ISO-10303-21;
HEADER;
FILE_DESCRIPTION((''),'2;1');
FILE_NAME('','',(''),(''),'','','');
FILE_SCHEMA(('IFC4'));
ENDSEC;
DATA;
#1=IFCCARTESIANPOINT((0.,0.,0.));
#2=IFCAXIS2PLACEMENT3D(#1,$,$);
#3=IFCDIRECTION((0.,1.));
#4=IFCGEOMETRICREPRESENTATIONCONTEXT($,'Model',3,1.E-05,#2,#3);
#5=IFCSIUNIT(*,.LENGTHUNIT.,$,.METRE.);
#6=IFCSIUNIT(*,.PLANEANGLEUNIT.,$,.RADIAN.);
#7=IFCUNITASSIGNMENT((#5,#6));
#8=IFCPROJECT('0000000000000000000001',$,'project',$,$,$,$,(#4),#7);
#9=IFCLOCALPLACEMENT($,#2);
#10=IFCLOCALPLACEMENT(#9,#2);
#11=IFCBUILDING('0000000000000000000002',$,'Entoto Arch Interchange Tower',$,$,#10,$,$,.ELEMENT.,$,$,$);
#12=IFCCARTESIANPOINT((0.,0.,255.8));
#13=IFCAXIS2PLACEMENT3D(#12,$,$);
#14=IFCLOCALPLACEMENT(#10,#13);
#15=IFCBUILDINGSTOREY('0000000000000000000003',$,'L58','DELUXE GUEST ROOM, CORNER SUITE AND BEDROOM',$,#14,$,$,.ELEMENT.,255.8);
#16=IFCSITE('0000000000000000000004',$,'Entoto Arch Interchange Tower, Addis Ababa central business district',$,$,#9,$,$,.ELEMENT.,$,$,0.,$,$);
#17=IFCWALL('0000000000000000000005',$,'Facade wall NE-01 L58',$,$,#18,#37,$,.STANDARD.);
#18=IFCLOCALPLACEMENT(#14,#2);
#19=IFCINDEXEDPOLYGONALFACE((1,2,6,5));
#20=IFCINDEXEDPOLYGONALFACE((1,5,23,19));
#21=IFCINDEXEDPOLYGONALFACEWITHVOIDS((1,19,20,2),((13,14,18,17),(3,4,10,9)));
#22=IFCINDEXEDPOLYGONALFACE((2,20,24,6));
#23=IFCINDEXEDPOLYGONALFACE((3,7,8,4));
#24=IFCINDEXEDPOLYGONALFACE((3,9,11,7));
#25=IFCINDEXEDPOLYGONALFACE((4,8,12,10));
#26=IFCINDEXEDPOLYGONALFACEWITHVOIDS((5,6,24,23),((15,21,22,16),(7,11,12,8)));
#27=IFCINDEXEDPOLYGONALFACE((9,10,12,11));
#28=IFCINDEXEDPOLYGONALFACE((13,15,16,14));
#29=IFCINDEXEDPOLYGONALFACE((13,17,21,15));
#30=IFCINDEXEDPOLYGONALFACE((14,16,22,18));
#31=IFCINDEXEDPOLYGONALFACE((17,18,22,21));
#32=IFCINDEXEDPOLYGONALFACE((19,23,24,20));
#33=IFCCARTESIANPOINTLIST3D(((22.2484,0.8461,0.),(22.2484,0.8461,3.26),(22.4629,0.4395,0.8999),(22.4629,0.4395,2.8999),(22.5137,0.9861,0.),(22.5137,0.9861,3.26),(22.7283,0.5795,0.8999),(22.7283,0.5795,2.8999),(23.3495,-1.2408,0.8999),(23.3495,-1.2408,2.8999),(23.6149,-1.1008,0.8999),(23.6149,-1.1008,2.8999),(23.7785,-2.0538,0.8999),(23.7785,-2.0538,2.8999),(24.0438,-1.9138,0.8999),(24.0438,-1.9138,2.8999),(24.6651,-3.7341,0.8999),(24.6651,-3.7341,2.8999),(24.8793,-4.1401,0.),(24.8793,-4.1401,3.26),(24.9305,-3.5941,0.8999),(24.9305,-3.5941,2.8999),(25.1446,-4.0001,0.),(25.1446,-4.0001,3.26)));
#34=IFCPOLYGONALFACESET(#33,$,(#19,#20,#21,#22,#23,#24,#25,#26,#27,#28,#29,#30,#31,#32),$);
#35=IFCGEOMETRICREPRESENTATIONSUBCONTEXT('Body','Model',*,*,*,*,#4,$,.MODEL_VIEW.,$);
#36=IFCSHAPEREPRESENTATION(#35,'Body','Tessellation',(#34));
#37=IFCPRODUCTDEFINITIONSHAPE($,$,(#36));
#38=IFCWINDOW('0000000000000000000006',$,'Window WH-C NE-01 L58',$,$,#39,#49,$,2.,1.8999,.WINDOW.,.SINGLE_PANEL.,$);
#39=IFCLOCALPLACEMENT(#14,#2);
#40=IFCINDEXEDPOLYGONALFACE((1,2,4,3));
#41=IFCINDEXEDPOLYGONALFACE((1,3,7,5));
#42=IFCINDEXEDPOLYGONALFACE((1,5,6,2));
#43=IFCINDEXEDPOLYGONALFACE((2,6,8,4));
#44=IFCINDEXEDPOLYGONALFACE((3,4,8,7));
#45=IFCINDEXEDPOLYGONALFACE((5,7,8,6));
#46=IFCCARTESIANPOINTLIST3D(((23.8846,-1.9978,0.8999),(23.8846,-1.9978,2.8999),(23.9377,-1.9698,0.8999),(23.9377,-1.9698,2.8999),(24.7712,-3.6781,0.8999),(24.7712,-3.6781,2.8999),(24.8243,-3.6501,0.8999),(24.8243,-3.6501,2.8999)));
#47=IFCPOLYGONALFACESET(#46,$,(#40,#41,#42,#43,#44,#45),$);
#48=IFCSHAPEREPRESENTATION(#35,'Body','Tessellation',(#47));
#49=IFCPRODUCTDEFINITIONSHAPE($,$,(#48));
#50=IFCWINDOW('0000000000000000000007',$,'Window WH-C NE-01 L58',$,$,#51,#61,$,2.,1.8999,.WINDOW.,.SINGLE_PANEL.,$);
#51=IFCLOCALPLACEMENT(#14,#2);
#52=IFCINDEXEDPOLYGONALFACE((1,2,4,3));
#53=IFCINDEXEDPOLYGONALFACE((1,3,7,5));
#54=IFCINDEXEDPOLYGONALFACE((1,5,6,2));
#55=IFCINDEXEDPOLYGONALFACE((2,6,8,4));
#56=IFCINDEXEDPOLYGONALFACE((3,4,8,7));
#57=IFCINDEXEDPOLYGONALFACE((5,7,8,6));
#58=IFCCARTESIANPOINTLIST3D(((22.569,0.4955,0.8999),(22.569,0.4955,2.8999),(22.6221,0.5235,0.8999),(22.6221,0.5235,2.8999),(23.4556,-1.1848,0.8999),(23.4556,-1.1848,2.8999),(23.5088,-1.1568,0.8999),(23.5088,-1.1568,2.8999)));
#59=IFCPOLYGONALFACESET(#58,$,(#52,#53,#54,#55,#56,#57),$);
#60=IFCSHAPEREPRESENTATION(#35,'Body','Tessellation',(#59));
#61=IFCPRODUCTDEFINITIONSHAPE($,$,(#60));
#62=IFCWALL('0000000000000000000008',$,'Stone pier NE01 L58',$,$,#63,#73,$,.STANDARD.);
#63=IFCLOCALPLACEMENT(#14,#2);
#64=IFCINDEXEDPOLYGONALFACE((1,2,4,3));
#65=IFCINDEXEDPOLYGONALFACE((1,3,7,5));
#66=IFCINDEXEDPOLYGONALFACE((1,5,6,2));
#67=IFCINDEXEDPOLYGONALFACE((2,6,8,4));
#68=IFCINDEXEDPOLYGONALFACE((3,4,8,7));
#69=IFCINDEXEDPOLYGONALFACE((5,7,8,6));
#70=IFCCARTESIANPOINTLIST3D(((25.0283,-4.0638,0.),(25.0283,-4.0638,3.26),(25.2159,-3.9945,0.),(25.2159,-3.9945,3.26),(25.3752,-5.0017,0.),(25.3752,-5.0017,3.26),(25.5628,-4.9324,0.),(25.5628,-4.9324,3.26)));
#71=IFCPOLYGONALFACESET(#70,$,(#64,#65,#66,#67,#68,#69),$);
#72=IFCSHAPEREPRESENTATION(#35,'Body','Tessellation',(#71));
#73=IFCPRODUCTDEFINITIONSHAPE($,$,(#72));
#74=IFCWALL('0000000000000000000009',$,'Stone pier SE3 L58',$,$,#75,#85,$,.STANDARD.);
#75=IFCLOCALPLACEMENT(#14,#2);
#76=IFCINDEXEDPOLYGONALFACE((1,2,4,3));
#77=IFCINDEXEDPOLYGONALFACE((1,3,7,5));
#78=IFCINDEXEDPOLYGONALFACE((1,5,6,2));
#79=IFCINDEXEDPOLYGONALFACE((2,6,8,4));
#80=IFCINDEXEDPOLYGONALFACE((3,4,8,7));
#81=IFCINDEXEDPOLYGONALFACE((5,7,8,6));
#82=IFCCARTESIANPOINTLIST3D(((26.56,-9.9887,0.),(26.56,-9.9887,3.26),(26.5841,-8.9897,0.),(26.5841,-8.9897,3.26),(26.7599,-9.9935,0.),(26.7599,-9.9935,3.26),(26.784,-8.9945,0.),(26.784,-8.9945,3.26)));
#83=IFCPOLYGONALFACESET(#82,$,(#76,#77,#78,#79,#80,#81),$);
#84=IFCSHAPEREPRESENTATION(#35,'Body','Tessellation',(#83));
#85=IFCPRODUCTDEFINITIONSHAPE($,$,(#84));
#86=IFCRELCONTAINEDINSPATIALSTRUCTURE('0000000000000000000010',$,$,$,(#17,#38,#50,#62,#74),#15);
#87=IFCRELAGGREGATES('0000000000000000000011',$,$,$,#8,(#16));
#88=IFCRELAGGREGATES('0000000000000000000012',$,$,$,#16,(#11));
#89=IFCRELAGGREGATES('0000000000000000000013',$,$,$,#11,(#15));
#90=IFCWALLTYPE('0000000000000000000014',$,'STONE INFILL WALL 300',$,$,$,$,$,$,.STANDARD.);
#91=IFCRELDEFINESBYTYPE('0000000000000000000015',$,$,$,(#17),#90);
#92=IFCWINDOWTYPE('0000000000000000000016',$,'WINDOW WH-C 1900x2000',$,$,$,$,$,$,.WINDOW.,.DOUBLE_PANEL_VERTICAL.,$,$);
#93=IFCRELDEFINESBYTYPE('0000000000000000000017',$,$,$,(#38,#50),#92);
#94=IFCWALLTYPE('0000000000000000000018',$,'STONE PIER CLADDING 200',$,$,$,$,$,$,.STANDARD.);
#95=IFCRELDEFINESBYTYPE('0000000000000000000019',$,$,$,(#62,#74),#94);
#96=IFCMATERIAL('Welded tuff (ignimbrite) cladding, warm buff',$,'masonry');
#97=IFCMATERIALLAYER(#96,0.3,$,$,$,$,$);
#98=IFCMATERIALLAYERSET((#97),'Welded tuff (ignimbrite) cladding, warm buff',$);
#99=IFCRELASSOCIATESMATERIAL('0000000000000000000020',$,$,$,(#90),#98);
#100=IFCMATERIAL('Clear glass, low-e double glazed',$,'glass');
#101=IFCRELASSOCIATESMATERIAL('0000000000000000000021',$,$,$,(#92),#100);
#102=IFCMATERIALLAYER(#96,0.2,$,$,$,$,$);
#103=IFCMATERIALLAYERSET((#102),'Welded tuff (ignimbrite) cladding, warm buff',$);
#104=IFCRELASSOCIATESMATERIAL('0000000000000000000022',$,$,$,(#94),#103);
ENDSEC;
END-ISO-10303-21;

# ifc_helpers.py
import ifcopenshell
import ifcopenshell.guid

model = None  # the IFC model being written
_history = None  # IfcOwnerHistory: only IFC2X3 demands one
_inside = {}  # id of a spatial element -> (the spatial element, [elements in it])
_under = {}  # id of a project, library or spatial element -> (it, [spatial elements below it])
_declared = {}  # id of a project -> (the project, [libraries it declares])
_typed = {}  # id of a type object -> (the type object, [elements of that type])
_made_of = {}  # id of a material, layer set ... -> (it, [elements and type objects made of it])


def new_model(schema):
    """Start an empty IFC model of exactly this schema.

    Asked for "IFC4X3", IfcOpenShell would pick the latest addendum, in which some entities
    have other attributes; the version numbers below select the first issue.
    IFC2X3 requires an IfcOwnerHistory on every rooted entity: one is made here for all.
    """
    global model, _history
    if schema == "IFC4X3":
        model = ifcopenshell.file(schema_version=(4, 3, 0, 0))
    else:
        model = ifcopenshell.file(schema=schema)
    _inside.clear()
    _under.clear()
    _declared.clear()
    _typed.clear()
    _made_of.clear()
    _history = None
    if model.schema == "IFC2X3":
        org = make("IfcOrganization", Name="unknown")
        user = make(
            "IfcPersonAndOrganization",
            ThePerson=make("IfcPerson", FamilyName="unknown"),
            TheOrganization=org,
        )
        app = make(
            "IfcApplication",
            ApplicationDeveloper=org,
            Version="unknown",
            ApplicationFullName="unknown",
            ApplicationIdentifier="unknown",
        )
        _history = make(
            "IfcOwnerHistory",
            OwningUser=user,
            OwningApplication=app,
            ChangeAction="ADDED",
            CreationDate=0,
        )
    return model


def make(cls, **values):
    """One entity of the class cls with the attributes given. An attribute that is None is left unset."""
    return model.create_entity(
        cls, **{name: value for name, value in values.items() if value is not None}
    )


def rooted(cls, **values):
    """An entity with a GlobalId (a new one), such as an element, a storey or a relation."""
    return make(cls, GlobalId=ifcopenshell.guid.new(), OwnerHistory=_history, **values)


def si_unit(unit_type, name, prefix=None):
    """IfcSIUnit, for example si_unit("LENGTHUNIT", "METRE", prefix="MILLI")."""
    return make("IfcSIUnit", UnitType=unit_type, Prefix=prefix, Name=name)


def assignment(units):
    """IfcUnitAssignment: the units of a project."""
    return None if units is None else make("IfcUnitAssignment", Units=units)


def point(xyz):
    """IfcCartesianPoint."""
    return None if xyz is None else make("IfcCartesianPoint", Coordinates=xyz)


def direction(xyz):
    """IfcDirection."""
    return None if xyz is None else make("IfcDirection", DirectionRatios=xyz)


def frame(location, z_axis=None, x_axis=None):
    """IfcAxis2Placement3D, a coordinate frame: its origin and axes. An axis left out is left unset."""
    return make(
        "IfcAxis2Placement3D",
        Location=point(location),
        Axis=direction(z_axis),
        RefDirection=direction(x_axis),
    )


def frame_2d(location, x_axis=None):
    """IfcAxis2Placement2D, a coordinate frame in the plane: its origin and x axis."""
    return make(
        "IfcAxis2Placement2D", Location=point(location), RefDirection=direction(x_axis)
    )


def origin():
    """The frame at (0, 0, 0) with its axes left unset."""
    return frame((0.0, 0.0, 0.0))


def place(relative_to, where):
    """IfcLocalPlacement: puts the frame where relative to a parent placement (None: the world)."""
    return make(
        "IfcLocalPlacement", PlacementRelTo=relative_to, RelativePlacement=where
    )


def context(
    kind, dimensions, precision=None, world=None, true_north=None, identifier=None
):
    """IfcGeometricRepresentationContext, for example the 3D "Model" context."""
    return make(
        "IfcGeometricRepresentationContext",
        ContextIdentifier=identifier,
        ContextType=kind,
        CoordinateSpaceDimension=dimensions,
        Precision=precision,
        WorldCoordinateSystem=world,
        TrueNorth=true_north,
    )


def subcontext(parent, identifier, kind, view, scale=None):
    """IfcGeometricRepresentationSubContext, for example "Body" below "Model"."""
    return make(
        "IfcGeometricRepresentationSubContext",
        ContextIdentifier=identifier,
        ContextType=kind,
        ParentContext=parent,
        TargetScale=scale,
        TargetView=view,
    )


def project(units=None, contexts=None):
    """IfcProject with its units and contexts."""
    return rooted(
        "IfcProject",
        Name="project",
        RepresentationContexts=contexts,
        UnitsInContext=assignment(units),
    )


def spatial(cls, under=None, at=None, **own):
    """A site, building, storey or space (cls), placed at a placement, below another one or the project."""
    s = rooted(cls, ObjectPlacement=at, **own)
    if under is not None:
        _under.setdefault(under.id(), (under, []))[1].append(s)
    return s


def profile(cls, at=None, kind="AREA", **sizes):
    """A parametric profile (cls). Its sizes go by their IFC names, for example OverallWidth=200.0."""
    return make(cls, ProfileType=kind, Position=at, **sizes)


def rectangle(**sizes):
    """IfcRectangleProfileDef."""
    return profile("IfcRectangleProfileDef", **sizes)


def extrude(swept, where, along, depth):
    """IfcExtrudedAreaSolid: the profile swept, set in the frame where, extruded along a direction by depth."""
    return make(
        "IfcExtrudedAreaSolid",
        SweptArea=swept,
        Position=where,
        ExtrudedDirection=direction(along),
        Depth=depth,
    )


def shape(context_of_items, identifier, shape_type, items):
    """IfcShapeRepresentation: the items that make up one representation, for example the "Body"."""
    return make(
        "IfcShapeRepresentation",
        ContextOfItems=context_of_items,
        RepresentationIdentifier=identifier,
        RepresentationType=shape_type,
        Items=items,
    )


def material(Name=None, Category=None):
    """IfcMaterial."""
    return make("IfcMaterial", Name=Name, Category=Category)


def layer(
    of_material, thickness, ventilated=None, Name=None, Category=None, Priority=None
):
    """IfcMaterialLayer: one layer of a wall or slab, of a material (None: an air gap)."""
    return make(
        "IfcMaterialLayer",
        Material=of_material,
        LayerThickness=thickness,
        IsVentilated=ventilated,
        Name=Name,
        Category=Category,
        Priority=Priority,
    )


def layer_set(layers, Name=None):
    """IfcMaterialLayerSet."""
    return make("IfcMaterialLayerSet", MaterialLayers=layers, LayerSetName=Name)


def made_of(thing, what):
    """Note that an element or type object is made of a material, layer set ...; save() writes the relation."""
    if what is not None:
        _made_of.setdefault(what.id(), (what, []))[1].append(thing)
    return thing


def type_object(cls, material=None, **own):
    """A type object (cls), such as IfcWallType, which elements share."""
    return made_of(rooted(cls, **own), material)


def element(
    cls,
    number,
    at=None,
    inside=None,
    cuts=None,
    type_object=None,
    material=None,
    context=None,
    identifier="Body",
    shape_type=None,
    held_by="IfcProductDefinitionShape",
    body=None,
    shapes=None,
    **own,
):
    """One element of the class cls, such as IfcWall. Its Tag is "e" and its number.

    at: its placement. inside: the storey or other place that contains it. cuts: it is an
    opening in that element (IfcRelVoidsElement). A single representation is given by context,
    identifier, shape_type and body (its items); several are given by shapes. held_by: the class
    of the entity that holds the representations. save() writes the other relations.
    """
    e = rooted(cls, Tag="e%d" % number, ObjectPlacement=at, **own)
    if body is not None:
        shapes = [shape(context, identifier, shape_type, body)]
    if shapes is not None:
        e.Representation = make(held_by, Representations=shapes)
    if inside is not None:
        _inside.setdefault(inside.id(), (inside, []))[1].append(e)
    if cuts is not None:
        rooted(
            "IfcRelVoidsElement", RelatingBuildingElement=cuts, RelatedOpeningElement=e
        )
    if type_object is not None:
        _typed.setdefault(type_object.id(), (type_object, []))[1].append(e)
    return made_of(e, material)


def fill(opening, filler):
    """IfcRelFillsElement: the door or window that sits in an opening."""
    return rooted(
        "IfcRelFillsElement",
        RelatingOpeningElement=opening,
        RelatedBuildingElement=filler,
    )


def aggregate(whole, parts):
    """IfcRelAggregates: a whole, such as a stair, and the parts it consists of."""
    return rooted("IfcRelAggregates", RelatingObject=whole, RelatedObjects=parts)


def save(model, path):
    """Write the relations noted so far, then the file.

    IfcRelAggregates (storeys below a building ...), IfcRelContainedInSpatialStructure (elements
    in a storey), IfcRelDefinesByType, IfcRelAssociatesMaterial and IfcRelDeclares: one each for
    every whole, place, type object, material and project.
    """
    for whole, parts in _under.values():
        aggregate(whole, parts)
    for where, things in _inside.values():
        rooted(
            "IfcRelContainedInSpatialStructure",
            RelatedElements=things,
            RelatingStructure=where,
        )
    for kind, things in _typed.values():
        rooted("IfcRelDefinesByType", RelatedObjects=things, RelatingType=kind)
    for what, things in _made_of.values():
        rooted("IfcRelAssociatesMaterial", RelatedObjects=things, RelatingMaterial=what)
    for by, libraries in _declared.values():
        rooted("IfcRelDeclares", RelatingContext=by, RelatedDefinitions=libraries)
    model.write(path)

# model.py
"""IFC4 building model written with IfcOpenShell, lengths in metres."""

from ifc_helpers import new_model, si_unit, direction, frame, frame_2d, origin, place, context, subcontext, project, spatial, rectangle, extrude, material, layer, layer_set, type_object, element, fill, save


model = new_model("IFC4")

# Units and contexts
model_context = context("Model", 3, precision=1e-05, world=origin(), true_north=direction((0.0, 1.0)))
body_context = subcontext(model_context, "Body", "Model", "MODEL_VIEW")
ifc_project = project(units=[si_unit("LENGTHUNIT", "METRE"), si_unit("PLANEANGLEUNIT", "RADIAN")], contexts=[model_context])

# Site, building, storey
site_placement = place(None, origin())
site = spatial("IfcSite", under=ifc_project, at=site_placement, Name="Entoto Arch Interchange Tower, Addis Ababa central business district", CompositionType="ELEMENT", RefElevation=0.0)
building_placement = place(site_placement, origin())
building = spatial("IfcBuilding", under=site, at=building_placement, Name="Entoto Arch Interchange Tower", CompositionType="ELEMENT")
storey_placement = place(building_placement, frame((0.0, 0.0, 255.8)))
storey = spatial("IfcBuildingStorey", under=building, at=storey_placement, Name="L58", Description="DELUXE GUEST ROOM, CORNER SUITE AND BEDROOM", CompositionType="ELEMENT", Elevation=255.8)

# Shared definitions
ifc_material_1 = material(Name="Welded tuff (ignimbrite) cladding, warm buff", Category="masonry")
ifc_layer_1 = layer(ifc_material_1, 0.3)
ifc_layer_set_1 = layer_set([ifc_layer_1], Name="Welded tuff (ignimbrite) cladding, warm buff")
wall_type_1 = type_object("IfcWallType", Name="STONE INFILL WALL 300", PredefinedType="STANDARD", material=ifc_layer_set_1)
ifc_material_2 = material(Name="Clear glass, low-e double glazed", Category="glass")

# Wall, openings, windows
wall_1_placement = place(storey_placement, frame((25.012, -4.0701, 0.0), z_axis=(0.0, 0.0, 1.0), x_axis=(-0.466664, 0.884435, 0.0)))
wall_1 = element("IfcWall", 1, at=wall_1_placement, inside=storey, type_object=wall_type_1, Name="Facade wall NE-01 L58", PredefinedType="STANDARD", context=body_context, shape_type="SweptSolid", body=[
    extrude(rectangle(XDim=5.6377, YDim=0.3, at=frame_2d((2.8188, 0.0))), origin(), (0.0, 0.0, 1.0), 3.26),
])
opening_1_placement = place(wall_1_placement, frame((0.459, 0.0, 0.8999)))
opening_1 = element("IfcOpeningElement", 2, at=opening_1_placement, cuts=wall_1, PredefinedType="OPENING", context=body_context, shape_type="SweptSolid", body=[
    extrude(rectangle(XDim=1.8999, YDim=2.0, at=frame_2d((0.95, 1.0))), frame((0.0, 0.1602, 0.0), z_axis=(0.0, -1.0, 0.0), x_axis=(1.0, 0.0, 0.0)), (0.0, 0.0, 1.0), 0.3201),
])
opening_2_placement = place(wall_1_placement, frame((3.2781, 0.0, 0.8999)))
opening_2 = element("IfcOpeningElement", 3, at=opening_2_placement, cuts=wall_1, PredefinedType="OPENING", context=body_context, shape_type="SweptSolid", body=[
    extrude(rectangle(XDim=1.8999, YDim=2.0, at=frame_2d((0.95, 1.0))), frame((0.0, 0.1602, 0.0), z_axis=(0.0, -1.0, 0.0), x_axis=(1.0, 0.0, 0.0)), (0.0, 0.0, 1.0), 0.3201),
])
window_type_1 = type_object("IfcWindowType", Name="WINDOW WH-C 1900x2000", PartitioningType="DOUBLE_PANEL_VERTICAL", PredefinedType="WINDOW", material=ifc_material_2)
window_1_placement = place(opening_1_placement, origin())
window_1 = element("IfcWindow", 4, at=window_1_placement, inside=storey, type_object=window_type_1, Name="Window WH-C NE-01 L58", OverallHeight=2.0, OverallWidth=1.8999, PartitioningType="SINGLE_PANEL", PredefinedType="WINDOW", context=body_context, shape_type="SweptSolid", body=[
    extrude(rectangle(XDim=1.8999, YDim=2.0, at=frame_2d((0.95, 1.0))), frame((0.0, 0.03, 0.0), z_axis=(0.0, -1.0, 0.0), x_axis=(1.0, 0.0, 0.0)), (0.0, 0.0, 1.0), 0.0601),
])
fill(opening_1, window_1)
window_2_placement = place(opening_2_placement, origin())
window_2 = element("IfcWindow", 5, at=window_2_placement, inside=storey, type_object=window_type_1, Name="Window WH-C NE-01 L58", OverallHeight=2.0, OverallWidth=1.8999, PartitioningType="SINGLE_PANEL", PredefinedType="WINDOW", context=body_context, shape_type="SweptSolid", body=[
    extrude(rectangle(XDim=1.8999, YDim=2.0, at=frame_2d((0.95, 1.0))), frame((0.0, 0.03, 0.0), z_axis=(0.0, -1.0, 0.0), x_axis=(1.0, 0.0, 0.0)), (0.0, 0.0, 1.0), 0.0601),
])
fill(opening_2, window_2)

# Walls
ifc_layer_2 = layer(ifc_material_1, 0.2)
ifc_layer_set_2 = layer_set([ifc_layer_2], Name="Welded tuff (ignimbrite) cladding, warm buff")
wall_type_2 = type_object("IfcWallType", Name="STONE PIER CLADDING 200", PredefinedType="STANDARD", material=ifc_layer_set_2)
wall_2_placement = place(storey_placement, frame((25.469, -4.967, 0.0), z_axis=(0.0, 0.0, 1.0), x_axis=(-0.346893, 0.937905, 0.0)))
element("IfcWall", 6, at=wall_2_placement, inside=storey, type_object=wall_type_2, Name="Stone pier NE01 L58", PredefinedType="STANDARD", context=body_context, shape_type="SweptSolid", body=[
    extrude(rectangle(XDim=1.0, YDim=0.2, at=frame_2d((0.5, 0.0))), origin(), (0.0, 0.0, 1.0), 3.26),
])
wall_3_placement = place(storey_placement, frame((26.6599, -9.991, 0.0), z_axis=(0.0, 0.0, 1.0), x_axis=(0.024186, 0.999707, 0.0)))
element("IfcWall", 7, at=wall_3_placement, inside=storey, type_object=wall_type_2, Name="Stone pier SE3 L58", PredefinedType="STANDARD", context=body_context, shape_type="SweptSolid", body=[
    extrude(rectangle(XDim=0.9993, YDim=0.2, at=frame_2d((0.4995, 0.0))), origin(), (0.0, 0.0, 1.0), 3.26),
])

save(model, "model.ifc")
